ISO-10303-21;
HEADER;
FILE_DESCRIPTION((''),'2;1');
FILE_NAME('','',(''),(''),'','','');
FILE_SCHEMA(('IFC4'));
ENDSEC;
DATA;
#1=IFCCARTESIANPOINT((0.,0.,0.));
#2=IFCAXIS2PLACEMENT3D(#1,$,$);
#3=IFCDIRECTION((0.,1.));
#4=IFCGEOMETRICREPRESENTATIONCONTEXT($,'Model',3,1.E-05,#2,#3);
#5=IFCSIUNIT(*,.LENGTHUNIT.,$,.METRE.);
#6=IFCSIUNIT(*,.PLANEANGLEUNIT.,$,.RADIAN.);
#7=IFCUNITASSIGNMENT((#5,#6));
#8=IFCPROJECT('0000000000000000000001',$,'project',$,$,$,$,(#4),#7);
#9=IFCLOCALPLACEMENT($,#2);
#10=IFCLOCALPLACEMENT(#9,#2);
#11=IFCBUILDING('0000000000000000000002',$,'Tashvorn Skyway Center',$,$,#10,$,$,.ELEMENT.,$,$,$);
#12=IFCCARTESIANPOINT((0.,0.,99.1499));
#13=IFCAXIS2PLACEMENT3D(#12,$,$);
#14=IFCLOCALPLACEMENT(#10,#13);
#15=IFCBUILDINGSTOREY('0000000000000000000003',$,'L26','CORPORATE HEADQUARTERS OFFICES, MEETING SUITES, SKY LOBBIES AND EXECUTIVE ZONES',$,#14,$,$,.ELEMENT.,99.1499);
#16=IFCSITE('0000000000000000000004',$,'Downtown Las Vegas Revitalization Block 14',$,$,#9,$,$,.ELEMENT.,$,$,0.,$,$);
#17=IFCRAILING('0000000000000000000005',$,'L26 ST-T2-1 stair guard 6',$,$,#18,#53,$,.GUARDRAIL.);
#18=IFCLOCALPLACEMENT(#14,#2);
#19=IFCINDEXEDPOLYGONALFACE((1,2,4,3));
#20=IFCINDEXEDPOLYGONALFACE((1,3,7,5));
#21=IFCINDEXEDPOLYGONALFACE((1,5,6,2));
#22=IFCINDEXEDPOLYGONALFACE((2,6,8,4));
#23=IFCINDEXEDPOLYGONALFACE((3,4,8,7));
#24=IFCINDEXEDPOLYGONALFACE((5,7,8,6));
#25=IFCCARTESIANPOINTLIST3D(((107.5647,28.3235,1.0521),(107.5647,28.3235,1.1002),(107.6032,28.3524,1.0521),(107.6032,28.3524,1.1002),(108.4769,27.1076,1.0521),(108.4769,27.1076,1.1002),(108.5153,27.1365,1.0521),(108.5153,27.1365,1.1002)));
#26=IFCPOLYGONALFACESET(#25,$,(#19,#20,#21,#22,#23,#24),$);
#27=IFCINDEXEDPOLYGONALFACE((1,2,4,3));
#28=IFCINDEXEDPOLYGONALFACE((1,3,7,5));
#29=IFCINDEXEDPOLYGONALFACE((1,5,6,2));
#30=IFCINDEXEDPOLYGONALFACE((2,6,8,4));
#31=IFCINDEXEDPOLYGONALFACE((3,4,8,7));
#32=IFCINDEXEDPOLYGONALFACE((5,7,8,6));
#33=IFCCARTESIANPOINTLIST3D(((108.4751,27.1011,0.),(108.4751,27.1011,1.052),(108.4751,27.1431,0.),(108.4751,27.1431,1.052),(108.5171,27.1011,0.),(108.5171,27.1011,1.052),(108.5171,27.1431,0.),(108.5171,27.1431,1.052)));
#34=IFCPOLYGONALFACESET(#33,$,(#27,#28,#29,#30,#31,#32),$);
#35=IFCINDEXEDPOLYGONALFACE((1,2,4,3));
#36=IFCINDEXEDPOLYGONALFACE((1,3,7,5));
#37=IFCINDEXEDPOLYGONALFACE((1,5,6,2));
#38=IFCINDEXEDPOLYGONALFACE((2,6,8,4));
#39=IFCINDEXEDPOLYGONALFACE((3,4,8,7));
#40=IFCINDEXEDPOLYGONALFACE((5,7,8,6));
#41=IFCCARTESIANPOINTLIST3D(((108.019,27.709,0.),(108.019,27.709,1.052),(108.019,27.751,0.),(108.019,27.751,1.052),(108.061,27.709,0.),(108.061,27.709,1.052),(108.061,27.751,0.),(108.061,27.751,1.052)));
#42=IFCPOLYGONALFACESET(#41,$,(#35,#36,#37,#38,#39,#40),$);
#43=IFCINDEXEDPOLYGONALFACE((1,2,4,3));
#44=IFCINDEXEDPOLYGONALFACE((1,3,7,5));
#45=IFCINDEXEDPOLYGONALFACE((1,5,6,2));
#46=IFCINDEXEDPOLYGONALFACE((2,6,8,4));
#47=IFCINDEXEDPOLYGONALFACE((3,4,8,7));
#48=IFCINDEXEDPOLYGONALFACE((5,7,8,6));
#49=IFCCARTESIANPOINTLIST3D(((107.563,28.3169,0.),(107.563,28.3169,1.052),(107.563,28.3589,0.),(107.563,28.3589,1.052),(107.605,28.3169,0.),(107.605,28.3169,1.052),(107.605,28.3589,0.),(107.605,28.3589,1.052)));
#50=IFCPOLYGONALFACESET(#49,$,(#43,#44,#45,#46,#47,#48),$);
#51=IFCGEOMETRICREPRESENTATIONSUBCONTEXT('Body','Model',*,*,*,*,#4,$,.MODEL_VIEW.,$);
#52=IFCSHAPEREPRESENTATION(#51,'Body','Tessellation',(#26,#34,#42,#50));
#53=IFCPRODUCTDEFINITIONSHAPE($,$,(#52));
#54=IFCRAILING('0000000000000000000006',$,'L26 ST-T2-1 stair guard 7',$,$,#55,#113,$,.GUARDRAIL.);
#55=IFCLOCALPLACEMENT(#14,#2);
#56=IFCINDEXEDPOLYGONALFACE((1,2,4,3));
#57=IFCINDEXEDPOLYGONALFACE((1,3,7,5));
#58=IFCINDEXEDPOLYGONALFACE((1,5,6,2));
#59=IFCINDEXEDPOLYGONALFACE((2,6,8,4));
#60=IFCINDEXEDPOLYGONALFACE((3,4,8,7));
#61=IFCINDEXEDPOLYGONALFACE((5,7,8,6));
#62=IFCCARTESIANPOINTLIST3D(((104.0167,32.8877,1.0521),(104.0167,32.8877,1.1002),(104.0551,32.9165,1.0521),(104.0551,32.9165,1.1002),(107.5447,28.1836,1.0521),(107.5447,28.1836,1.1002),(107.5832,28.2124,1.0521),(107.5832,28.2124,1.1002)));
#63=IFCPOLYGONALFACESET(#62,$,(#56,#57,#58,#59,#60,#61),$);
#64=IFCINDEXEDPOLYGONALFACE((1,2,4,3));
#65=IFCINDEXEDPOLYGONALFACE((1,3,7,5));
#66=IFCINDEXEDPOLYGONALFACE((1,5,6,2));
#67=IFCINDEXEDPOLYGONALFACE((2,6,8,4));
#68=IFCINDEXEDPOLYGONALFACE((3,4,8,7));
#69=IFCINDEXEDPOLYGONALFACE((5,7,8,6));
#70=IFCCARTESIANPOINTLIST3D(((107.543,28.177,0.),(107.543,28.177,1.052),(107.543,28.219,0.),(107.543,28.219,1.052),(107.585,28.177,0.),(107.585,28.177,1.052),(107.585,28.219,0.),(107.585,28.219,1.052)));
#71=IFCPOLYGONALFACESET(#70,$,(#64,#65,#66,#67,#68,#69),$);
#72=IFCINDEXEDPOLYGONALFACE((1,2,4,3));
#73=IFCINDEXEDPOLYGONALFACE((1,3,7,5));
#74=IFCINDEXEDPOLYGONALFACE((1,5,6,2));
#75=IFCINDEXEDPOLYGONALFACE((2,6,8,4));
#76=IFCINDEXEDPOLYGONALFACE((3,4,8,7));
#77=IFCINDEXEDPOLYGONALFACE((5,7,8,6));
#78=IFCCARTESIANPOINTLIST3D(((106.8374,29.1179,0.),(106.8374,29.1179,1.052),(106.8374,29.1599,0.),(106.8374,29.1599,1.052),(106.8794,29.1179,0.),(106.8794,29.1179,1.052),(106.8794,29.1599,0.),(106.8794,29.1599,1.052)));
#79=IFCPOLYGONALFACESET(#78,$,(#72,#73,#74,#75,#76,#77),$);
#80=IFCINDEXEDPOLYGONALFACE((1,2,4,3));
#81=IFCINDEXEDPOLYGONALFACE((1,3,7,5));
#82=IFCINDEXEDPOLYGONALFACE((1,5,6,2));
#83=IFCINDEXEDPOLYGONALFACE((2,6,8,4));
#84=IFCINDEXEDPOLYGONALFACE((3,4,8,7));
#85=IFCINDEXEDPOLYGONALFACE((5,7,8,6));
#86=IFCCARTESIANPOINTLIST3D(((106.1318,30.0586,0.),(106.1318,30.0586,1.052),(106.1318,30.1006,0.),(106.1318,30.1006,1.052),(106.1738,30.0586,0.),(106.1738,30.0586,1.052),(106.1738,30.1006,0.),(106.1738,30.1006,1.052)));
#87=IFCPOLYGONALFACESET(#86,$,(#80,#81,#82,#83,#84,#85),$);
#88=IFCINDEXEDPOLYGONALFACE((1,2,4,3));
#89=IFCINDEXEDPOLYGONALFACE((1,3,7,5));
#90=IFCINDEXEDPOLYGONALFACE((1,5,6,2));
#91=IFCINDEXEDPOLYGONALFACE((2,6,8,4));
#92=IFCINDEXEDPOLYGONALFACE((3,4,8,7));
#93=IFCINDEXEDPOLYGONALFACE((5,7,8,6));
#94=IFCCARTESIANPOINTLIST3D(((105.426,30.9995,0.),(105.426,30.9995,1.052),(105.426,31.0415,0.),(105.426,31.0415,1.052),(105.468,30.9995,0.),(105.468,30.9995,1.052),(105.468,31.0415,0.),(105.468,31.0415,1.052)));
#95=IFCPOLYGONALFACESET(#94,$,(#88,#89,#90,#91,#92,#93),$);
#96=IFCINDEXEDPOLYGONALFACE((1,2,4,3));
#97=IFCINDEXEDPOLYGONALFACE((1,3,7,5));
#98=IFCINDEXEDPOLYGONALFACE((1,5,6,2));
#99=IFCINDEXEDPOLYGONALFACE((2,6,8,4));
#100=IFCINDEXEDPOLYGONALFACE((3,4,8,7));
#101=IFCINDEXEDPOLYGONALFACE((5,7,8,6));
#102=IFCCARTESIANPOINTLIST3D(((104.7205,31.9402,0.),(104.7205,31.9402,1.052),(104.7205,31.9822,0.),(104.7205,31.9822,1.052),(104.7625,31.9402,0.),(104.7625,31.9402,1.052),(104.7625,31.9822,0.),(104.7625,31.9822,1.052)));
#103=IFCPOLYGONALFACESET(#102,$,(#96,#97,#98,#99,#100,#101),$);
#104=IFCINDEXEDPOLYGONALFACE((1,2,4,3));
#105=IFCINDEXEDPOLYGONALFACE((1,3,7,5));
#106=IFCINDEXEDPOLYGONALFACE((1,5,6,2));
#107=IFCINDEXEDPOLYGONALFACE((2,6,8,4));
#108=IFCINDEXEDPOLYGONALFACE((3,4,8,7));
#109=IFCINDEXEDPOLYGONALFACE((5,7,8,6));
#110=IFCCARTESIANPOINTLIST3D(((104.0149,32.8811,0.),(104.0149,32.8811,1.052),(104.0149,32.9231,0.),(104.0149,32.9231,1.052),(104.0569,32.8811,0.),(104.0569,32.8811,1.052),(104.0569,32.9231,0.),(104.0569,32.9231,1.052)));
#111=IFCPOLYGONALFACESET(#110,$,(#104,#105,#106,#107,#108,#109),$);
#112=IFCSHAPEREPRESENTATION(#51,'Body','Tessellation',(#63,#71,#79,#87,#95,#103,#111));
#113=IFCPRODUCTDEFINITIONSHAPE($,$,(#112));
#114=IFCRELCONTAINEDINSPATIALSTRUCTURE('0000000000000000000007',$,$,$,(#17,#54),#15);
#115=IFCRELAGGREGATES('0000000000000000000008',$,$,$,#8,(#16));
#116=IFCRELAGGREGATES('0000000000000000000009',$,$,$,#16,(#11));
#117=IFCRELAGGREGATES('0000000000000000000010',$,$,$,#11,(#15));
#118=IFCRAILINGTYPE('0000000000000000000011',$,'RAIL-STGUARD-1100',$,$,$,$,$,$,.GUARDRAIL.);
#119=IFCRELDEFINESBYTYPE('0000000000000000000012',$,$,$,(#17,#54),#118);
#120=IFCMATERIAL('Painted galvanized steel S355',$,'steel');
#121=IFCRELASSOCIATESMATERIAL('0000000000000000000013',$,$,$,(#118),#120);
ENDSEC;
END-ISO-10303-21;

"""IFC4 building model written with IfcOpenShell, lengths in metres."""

from ifc_helpers import new_model, si_unit, direction, frame, origin, origin_2d, place, context, subcontext, project, spatial, rectangle, extrude, material, type_object, element, save


model = new_model("IFC4")

# Units and contexts
model_context = context("Model", 3, precision=1e-05, world=origin(), true_north=direction((0.0, 1.0)))
body_context = subcontext(model_context, "Body", "Model", "MODEL_VIEW")
ifc_project = project(units=[si_unit("LENGTHUNIT", "METRE"), si_unit("PLANEANGLEUNIT", "RADIAN")], contexts=[model_context])

# Site, building, storey
site_placement = place(None, origin())
site = spatial("IfcSite", under=ifc_project, at=site_placement, Name="Downtown Las Vegas Revitalization Block 14", CompositionType="ELEMENT", RefElevation=0.0)
building_placement = place(site_placement, origin())
building = spatial("IfcBuilding", under=site, at=building_placement, Name="Tashvorn Skyway Center", CompositionType="ELEMENT")
storey_placement = place(building_placement, frame((0.0, 0.0, 99.1499)))
storey = spatial("IfcBuildingStorey", under=building, at=storey_placement, Name="L26", Description="CORPORATE HEADQUARTERS OFFICES, MEETING SUITES, SKY LOBBIES AND EXECUTIVE ZONES", CompositionType="ELEMENT", Elevation=99.1499)

# Railings
ifc_material_1 = material(Name="Painted galvanized steel S355", Category="steel")
railing_type = type_object("IfcRailingType", Name="RAIL-STGUARD-1100", PredefinedType="GUARDRAIL", material=ifc_material_1)
railing_1_placement = place(storey_placement, frame((108.4961, 27.1221, 0.0)))
element("IfcRailing", 1, at=railing_1_placement, inside=storey, type_object=railing_type, Name="L26 ST-T2-1 stair guard 6", PredefinedType="GUARDRAIL", context=body_context, shape_type="SweptSolid", body=[
    extrude(rectangle(XDim=0.0481, YDim=0.0481, at=origin_2d()), frame((0.0, 0.0, 1.0762), z_axis=(-0.600103, 0.799923, 0.0), x_axis=(-0.799923, -0.600103, 0.0)), (0.0, 0.0, 1.0), 1.52),
    extrude(rectangle(XDim=0.042, YDim=0.042, at=origin_2d()), origin(), (0.0, 0.0, 1.0), 1.052),
    extrude(rectangle(XDim=0.042, YDim=0.042, at=origin_2d()), frame((-0.4561, 0.6079, 0.0)), (0.0, 0.0, 1.0), 1.052),
    extrude(rectangle(XDim=0.042, YDim=0.042, at=origin_2d()), frame((-0.9121, 1.2158, 0.0)), (0.0, 0.0, 1.0), 1.052),
])
railing_2_placement = place(storey_placement, frame((107.564, 28.198, 0.0)))
element("IfcRailing", 2, at=railing_2_placement, inside=storey, type_object=railing_type, Name="L26 ST-T2-1 stair guard 7", PredefinedType="GUARDRAIL", context=body_context, shape_type="SweptSolid", body=[
    extrude(rectangle(XDim=0.0481, YDim=0.0481, at=origin_2d()), frame((0.0, 0.0, 1.0762), z_axis=(-0.6, 0.8, 0.0), x_axis=(-0.8, -0.6, 0.0)), (0.0, 0.0, 1.0), 5.8801),
    extrude(rectangle(XDim=0.042, YDim=0.042, at=origin_2d()), origin(), (0.0, 0.0, 1.0), 1.052),
    extrude(rectangle(XDim=0.042, YDim=0.042, at=origin_2d()), frame((-0.7056, 0.9409, 0.0)), (0.0, 0.0, 1.0), 1.052),
    extrude(rectangle(XDim=0.042, YDim=0.042, at=origin_2d()), frame((-1.4111, 1.8816, 0.0)), (0.0, 0.0, 1.0), 1.052),
    extrude(rectangle(XDim=0.042, YDim=0.042, at=origin_2d()), frame((-2.1169, 2.8225, 0.0)), (0.0, 0.0, 1.0), 1.052),
    extrude(rectangle(XDim=0.042, YDim=0.042, at=origin_2d()), frame((-2.8225, 3.7632, 0.0)), (0.0, 0.0, 1.0), 1.052),
    extrude(rectangle(XDim=0.042, YDim=0.042, at=origin_2d()), frame((-3.5281, 4.7041, 0.0)), (0.0, 0.0, 1.0), 1.052),
])

save(model, "model.ifc")
